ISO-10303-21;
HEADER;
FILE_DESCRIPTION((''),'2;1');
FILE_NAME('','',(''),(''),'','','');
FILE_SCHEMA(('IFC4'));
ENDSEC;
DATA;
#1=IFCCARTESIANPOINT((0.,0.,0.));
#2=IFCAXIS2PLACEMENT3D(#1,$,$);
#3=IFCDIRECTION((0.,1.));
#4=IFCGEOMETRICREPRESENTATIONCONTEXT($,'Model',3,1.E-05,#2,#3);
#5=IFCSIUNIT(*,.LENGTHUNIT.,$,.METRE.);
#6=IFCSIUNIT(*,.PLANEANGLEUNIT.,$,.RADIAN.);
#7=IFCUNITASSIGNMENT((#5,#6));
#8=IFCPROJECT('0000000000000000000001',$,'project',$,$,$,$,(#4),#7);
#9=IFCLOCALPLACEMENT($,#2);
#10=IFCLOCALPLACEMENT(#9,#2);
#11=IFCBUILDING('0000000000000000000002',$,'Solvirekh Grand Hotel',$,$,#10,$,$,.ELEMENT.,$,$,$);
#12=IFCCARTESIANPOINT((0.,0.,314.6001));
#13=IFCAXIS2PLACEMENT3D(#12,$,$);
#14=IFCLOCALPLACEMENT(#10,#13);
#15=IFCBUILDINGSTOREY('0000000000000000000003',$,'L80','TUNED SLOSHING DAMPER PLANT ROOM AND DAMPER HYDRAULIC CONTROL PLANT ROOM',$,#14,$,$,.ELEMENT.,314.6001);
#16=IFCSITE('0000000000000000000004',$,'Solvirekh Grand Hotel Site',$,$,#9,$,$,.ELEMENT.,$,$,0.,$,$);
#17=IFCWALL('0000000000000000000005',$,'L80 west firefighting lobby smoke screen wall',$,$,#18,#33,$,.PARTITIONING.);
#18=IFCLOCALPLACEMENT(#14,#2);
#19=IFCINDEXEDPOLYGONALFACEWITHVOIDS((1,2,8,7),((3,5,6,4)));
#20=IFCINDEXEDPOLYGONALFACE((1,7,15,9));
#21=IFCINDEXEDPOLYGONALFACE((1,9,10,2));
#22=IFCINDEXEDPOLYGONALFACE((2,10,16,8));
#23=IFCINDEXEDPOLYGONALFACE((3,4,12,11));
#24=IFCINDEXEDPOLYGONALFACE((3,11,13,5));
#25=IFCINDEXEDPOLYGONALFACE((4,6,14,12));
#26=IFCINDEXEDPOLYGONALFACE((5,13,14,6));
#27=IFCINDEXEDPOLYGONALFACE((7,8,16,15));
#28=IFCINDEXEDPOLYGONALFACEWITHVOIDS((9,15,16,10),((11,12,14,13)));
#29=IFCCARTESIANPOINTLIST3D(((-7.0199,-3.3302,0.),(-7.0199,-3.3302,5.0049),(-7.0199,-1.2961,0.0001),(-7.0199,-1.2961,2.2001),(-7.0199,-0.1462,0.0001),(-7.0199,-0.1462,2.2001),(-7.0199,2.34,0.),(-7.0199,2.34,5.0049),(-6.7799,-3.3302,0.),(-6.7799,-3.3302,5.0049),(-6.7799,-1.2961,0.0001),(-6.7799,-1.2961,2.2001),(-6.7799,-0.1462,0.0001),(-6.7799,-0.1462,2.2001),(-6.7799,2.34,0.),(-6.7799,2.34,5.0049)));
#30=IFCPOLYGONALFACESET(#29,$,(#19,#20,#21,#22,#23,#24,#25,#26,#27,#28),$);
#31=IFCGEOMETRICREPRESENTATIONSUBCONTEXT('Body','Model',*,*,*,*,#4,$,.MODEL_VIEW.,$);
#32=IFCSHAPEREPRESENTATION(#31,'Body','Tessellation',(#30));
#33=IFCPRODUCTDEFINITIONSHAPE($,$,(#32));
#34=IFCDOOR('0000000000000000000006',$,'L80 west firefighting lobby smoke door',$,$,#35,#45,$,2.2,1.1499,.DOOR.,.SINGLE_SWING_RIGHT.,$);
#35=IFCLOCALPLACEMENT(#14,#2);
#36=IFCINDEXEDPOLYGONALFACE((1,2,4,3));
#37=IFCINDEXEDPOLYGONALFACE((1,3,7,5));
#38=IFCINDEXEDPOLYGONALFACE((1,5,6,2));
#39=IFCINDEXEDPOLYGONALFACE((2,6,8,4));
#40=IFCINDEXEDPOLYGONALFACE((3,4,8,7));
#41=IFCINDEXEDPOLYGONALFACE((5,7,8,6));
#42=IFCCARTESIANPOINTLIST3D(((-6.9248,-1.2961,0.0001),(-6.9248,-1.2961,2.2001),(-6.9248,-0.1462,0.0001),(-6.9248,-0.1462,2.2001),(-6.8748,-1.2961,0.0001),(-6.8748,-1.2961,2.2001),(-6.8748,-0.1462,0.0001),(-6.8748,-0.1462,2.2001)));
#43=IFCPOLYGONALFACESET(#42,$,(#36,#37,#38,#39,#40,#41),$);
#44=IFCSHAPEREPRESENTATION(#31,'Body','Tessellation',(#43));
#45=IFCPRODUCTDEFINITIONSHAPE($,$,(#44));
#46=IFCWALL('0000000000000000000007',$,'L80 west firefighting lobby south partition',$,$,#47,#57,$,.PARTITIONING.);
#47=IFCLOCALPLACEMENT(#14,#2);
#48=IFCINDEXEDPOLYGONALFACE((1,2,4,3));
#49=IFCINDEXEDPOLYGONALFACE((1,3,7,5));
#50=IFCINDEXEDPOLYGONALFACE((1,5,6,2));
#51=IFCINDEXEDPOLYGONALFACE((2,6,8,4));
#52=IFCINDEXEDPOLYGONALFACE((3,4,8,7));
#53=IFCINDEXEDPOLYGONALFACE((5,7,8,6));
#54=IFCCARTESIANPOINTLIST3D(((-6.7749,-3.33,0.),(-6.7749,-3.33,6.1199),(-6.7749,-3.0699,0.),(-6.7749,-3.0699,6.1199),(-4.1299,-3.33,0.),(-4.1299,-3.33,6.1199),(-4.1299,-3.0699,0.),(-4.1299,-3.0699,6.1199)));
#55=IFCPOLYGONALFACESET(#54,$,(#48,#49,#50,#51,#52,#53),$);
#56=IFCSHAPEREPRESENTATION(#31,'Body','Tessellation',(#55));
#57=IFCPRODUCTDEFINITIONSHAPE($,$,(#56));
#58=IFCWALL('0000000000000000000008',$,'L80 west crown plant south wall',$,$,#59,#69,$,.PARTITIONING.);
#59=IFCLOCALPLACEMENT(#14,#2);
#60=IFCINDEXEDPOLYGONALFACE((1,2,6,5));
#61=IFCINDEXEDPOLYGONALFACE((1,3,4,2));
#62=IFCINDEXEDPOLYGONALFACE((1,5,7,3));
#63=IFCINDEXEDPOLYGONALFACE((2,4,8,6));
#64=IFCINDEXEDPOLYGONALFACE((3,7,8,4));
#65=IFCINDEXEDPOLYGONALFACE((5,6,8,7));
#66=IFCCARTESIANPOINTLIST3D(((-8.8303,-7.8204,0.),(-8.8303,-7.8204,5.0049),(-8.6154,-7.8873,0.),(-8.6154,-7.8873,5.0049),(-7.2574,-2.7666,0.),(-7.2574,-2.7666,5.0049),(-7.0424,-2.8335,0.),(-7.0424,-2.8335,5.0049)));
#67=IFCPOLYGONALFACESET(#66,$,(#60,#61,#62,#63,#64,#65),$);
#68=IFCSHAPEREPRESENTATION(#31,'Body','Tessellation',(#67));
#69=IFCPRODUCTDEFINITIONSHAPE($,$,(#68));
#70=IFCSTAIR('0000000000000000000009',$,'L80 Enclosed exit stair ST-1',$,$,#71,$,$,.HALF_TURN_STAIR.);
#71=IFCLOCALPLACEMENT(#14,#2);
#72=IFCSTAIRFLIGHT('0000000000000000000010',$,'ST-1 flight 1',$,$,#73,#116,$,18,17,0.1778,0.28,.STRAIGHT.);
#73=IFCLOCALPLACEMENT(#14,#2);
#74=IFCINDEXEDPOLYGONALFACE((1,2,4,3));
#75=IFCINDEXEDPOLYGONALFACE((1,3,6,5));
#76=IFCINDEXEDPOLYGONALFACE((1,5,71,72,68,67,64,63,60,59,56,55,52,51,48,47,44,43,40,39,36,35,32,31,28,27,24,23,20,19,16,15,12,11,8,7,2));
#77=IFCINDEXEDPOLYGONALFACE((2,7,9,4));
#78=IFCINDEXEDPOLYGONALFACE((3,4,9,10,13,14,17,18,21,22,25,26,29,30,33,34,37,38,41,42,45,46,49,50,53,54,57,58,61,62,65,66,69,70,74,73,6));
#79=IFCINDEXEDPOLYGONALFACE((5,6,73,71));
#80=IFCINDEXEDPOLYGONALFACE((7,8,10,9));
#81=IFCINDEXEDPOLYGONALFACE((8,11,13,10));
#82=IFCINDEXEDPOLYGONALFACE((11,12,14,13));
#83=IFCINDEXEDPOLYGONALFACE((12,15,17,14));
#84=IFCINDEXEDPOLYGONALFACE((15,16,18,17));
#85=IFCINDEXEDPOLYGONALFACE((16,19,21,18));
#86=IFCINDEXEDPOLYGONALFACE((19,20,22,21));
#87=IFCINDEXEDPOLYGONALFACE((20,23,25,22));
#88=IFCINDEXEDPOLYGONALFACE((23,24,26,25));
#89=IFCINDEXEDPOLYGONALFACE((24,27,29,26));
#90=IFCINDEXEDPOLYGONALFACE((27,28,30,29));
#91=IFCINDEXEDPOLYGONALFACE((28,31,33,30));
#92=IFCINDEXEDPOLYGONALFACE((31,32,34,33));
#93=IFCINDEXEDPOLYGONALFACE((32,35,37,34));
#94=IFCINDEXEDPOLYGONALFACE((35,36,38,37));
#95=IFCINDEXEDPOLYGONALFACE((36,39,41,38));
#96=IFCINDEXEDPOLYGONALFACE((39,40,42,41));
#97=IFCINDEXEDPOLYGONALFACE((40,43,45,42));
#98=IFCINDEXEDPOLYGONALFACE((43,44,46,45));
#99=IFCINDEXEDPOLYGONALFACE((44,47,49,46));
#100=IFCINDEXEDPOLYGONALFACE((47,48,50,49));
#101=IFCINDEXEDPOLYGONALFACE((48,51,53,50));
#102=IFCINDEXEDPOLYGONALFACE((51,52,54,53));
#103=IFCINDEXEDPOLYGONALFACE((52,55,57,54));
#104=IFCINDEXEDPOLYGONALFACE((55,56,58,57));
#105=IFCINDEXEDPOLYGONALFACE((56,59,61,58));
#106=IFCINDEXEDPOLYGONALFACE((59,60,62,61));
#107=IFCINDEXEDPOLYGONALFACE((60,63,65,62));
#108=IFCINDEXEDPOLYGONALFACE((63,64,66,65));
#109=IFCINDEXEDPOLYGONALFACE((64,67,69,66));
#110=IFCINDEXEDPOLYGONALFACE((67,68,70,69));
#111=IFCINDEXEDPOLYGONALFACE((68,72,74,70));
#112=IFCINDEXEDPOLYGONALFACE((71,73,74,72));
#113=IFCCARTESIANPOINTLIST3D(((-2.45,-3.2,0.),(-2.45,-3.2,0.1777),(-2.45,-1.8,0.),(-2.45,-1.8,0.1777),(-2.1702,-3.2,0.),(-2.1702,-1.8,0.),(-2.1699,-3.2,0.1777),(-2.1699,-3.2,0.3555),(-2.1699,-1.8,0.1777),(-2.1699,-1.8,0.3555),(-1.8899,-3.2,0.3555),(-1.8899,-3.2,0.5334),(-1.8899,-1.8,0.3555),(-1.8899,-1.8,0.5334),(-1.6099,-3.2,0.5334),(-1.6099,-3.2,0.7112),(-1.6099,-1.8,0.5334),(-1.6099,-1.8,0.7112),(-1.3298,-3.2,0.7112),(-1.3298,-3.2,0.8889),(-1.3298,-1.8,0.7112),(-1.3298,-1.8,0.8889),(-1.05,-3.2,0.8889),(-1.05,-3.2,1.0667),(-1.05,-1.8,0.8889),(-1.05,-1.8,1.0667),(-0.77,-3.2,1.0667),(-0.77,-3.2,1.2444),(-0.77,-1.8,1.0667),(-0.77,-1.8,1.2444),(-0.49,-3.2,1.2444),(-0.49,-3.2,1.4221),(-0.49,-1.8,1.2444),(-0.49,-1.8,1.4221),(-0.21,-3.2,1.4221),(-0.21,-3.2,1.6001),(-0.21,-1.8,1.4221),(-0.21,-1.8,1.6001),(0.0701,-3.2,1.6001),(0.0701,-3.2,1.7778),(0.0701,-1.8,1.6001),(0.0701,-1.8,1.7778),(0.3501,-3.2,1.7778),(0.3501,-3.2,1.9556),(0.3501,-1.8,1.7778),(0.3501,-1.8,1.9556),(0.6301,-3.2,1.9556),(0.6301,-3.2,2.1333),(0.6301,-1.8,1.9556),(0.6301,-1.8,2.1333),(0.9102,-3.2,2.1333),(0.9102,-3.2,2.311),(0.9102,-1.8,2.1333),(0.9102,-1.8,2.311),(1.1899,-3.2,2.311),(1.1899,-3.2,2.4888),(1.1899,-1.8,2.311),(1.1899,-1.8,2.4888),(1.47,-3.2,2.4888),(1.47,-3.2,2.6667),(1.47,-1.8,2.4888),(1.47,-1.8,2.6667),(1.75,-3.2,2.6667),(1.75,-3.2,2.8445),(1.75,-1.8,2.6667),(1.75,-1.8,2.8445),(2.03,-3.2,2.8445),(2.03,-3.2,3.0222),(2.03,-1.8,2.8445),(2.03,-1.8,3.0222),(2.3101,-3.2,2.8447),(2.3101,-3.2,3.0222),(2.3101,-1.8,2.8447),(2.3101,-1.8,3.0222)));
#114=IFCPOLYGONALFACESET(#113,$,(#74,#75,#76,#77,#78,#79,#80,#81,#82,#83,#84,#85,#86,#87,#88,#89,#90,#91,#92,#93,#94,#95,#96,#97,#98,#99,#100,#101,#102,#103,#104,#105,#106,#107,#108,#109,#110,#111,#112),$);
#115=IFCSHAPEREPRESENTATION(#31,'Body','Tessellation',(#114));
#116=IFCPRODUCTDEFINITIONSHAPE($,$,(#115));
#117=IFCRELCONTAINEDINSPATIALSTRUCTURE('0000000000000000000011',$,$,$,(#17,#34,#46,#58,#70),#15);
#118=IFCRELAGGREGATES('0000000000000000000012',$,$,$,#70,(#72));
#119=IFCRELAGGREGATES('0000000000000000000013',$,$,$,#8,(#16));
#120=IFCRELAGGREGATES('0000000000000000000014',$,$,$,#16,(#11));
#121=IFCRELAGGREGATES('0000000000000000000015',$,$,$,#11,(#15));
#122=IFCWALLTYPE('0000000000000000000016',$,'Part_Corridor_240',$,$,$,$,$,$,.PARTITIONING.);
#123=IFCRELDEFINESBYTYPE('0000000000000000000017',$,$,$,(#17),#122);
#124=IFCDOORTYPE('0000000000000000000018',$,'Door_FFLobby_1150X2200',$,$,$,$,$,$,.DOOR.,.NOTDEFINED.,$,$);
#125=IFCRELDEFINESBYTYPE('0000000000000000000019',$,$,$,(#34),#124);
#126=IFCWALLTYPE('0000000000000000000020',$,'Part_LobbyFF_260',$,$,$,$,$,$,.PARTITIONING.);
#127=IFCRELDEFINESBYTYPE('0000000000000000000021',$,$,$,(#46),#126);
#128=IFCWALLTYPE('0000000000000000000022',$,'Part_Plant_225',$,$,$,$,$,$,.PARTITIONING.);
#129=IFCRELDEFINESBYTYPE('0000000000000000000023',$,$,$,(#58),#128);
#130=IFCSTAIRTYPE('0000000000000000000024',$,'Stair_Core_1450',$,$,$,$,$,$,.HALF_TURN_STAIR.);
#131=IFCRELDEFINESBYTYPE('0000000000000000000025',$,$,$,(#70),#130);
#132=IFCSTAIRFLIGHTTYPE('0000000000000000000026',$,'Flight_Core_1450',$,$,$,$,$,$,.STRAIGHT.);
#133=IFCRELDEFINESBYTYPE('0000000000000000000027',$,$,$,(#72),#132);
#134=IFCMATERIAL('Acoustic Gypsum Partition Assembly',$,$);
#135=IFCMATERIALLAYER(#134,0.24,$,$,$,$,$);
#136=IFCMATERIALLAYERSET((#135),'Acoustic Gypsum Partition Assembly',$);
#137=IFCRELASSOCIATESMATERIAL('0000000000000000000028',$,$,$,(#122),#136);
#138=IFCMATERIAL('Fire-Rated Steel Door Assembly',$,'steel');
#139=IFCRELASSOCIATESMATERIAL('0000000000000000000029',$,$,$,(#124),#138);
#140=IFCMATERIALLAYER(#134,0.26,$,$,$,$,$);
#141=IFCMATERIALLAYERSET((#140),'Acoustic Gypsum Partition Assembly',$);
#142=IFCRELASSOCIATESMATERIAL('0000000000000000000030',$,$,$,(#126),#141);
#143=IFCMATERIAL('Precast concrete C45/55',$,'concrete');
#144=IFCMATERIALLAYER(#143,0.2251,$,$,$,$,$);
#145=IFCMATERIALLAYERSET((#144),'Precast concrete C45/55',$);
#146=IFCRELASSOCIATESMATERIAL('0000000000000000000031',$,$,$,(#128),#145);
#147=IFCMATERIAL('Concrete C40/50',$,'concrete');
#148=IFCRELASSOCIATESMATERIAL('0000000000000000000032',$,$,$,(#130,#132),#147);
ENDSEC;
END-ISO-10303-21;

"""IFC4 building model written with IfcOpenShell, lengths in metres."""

from ifc_helpers import new_model, si_unit, direction, frame, frame_2d, origin, place, context, subcontext, project, spatial, polyline, rectangle, outline, extrude, material, layer, layer_set, type_object, element, fill, aggregate, save


model = new_model("IFC4")

# Units and contexts
model_context = context("Model", 3, precision=1e-05, world=origin(), true_north=direction((0.0, 1.0)))
body_context = subcontext(model_context, "Body", "Model", "MODEL_VIEW")
ifc_project = project(units=[si_unit("LENGTHUNIT", "METRE"), si_unit("PLANEANGLEUNIT", "RADIAN")], contexts=[model_context])

# Site, building, storey
site_placement = place(None, origin())
site = spatial("IfcSite", under=ifc_project, at=site_placement, Name="Solvirekh Grand Hotel Site", CompositionType="ELEMENT", RefElevation=0.0)
building_placement = place(site_placement, origin())
building = spatial("IfcBuilding", under=site, at=building_placement, Name="Solvirekh Grand Hotel", CompositionType="ELEMENT")
storey_placement = place(building_placement, frame((0.0, 0.0, 314.6001)))
storey = spatial("IfcBuildingStorey", under=building, at=storey_placement, Name="L80", Description="TUNED SLOSHING DAMPER PLANT ROOM AND DAMPER HYDRAULIC CONTROL PLANT ROOM", CompositionType="ELEMENT", Elevation=314.6001)

# Shared definitions
ifc_material_1 = material(Name="Concrete C40/50", Category="concrete")
ifc_material_2 = material(Name="Fire-Rated Steel Door Assembly", Category="steel")

# Wall, opening, door
ifc_material_3 = material(Name="Acoustic Gypsum Partition Assembly")
ifc_layer_1 = layer(ifc_material_3, 0.24)
ifc_layer_set_1 = layer_set([ifc_layer_1], Name="Acoustic Gypsum Partition Assembly")
wall_type_1 = type_object("IfcWallType", Name="Part_Corridor_240", PredefinedType="PARTITIONING", material=ifc_layer_set_1)
wall_1_placement = place(storey_placement, frame((-6.8999, -3.3301, 0.0), z_axis=(0.0, 0.0, 1.0), x_axis=(0.0, 1.0, 0.0)))
wall_1 = element("IfcWall", 1, at=wall_1_placement, inside=storey, type_object=wall_type_1, Name="L80 west firefighting lobby smoke screen wall", PredefinedType="PARTITIONING", context=body_context, shape_type="SweptSolid", body=[
    extrude(rectangle(XDim=5.6702, YDim=0.24, at=frame_2d((2.835, 0.0))), origin(), (0.0, 0.0, 1.0), 5.0049),
])
opening_1_placement = place(wall_1_placement, frame((2.0339, 0.0, 0.0)))
opening_1 = element("IfcOpeningElement", 2, at=opening_1_placement, cuts=wall_1, PredefinedType="OPENING", context=body_context, shape_type="SweptSolid", body=[
    extrude(rectangle(XDim=1.1499, YDim=2.2, at=frame_2d((0.575, 1.1001))), frame((0.0, 0.1299, 0.0), z_axis=(0.0, -1.0, 0.0), x_axis=(1.0, 0.0, 0.0)), (0.0, 0.0, 1.0), 0.26),
])
door_type_1 = type_object("IfcDoorType", Name="Door_FFLobby_1150X2200", OperationType="NOTDEFINED", PredefinedType="DOOR", material=ifc_material_2)
door_1_placement = place(opening_1_placement, origin())
door_1 = element("IfcDoor", 3, at=door_1_placement, inside=storey, type_object=door_type_1, Name="L80 west firefighting lobby smoke door", OperationType="SINGLE_SWING_RIGHT", OverallHeight=2.2, OverallWidth=1.1499, PredefinedType="DOOR", context=body_context, shape_type="SweptSolid", body=[
    extrude(rectangle(XDim=1.1499, YDim=2.2, at=frame_2d((0.575, 1.1001))), frame((0.0, 0.0249, 0.0), z_axis=(0.0, -1.0, 0.0), x_axis=(1.0, 0.0, 0.0)), (0.0, 0.0, 1.0), 0.05),
])
fill(opening_1, door_1)

# Walls
ifc_layer_2 = layer(ifc_material_3, 0.26)
ifc_layer_set_2 = layer_set([ifc_layer_2], Name="Acoustic Gypsum Partition Assembly")
wall_type_2 = type_object("IfcWallType", Name="Part_LobbyFF_260", PredefinedType="PARTITIONING", material=ifc_layer_set_2)
wall_2_placement = place(storey_placement, frame((-6.7749, -3.2, 0.0), z_axis=(0.0, 0.0, 1.0), x_axis=(1.0, 0.0, 0.0)))
element("IfcWall", 4, at=wall_2_placement, inside=storey, type_object=wall_type_2, Name="L80 west firefighting lobby south partition", PredefinedType="PARTITIONING", context=body_context, shape_type="SweptSolid", body=[
    extrude(rectangle(XDim=2.645, YDim=0.26, at=frame_2d((1.3225, 0.0))), origin(), (0.0, 0.0, 1.0), 6.1199),
])
ifc_material_4 = material(Name="Precast concrete C45/55", Category="concrete")
ifc_layer_3 = layer(ifc_material_4, 0.2251)
ifc_layer_set_3 = layer_set([ifc_layer_3], Name="Precast concrete C45/55")
wall_type_3 = type_object("IfcWallType", Name="Part_Plant_225", PredefinedType="PARTITIONING", material=ifc_layer_set_3)
wall_3_placement = place(storey_placement, frame((-7.1499, -2.8, 0.0), z_axis=(0.0, 0.0, 1.0), x_axis=(-0.29718, -0.954822, 0.0)))
element("IfcWall", 5, at=wall_3_placement, inside=storey, type_object=wall_type_3, Name="L80 west crown plant south wall", PredefinedType="PARTITIONING", context=body_context, shape_type="SweptSolid", body=[
    extrude(rectangle(XDim=5.293, YDim=0.2251, at=frame_2d((2.6465, 0.0))), origin(), (0.0, 0.0, 1.0), 5.0049),
])

# Stair, stair flight
stair_type = type_object("IfcStairType", Name="Stair_Core_1450", PredefinedType="HALF_TURN_STAIR", material=ifc_material_1)
stair_placement = place(storey_placement, origin())
stair = element("IfcStair", 6, at=stair_placement, inside=storey, type_object=stair_type, Name="L80 Enclosed exit stair ST-1", PredefinedType="HALF_TURN_STAIR")
stair_flight_type = type_object("IfcStairFlightType", Name="Flight_Core_1450", PredefinedType="STRAIGHT", material=ifc_material_1)
stair_flight_placement = place(storey_placement, frame((-2.45, -2.5, 0.0), z_axis=(0.0, 0.0, 1.0), x_axis=(1.0, 0.0, 0.0)))
stair_flight = element("IfcStairFlight", 7, at=stair_flight_placement, type_object=stair_flight_type, Name="ST-1 flight 1", NumberOfRisers=18, NumberOfTreads=17, PredefinedType="STRAIGHT", RiserHeight=0.1778, TreadLength=0.28, context=body_context, shape_type="SweptSolid", body=[
    extrude(outline(polyline([(0.0, 0.0), (0.0, 0.1777), (0.28, 0.1777), (0.28, 0.3555), (0.5601, 0.3555), (0.5601, 0.5334), (0.8401, 0.5334), (0.8401, 0.7112), (1.1201, 0.7112), (1.1201, 0.8889), (1.3999, 0.8889), (1.3999, 1.0667), (1.6799, 1.0667), (1.6799, 1.2444), (1.96, 1.2444), (1.96, 1.4221), (2.24, 1.4221), (2.24, 1.6001), (2.52, 1.6001), (2.52, 1.7778), (2.8, 1.7778), (2.8, 1.9556), (3.0801, 1.9556), (3.0801, 2.1333), (3.3601, 2.1333), (3.3601, 2.311), (3.6399, 2.311), (3.6399, 2.4888), (3.9199, 2.4888), (3.9199, 2.6667), (4.2, 2.6667), (4.2, 2.8445), (4.48, 2.8445), (4.48, 3.0222), (4.76, 3.0222), (4.76, 3.2), (4.76, 2.8447), (0.2798, 0.0), (0.0, 0.0)])), frame((0.0, 0.7, 0.0), z_axis=(0.0, -1.0, 0.0), x_axis=(1.0, 0.0, 0.0)), (0.0, 0.0, 1.0), 1.3999),
])
aggregate(stair, [stair_flight])

save(model, "model.ifc")
